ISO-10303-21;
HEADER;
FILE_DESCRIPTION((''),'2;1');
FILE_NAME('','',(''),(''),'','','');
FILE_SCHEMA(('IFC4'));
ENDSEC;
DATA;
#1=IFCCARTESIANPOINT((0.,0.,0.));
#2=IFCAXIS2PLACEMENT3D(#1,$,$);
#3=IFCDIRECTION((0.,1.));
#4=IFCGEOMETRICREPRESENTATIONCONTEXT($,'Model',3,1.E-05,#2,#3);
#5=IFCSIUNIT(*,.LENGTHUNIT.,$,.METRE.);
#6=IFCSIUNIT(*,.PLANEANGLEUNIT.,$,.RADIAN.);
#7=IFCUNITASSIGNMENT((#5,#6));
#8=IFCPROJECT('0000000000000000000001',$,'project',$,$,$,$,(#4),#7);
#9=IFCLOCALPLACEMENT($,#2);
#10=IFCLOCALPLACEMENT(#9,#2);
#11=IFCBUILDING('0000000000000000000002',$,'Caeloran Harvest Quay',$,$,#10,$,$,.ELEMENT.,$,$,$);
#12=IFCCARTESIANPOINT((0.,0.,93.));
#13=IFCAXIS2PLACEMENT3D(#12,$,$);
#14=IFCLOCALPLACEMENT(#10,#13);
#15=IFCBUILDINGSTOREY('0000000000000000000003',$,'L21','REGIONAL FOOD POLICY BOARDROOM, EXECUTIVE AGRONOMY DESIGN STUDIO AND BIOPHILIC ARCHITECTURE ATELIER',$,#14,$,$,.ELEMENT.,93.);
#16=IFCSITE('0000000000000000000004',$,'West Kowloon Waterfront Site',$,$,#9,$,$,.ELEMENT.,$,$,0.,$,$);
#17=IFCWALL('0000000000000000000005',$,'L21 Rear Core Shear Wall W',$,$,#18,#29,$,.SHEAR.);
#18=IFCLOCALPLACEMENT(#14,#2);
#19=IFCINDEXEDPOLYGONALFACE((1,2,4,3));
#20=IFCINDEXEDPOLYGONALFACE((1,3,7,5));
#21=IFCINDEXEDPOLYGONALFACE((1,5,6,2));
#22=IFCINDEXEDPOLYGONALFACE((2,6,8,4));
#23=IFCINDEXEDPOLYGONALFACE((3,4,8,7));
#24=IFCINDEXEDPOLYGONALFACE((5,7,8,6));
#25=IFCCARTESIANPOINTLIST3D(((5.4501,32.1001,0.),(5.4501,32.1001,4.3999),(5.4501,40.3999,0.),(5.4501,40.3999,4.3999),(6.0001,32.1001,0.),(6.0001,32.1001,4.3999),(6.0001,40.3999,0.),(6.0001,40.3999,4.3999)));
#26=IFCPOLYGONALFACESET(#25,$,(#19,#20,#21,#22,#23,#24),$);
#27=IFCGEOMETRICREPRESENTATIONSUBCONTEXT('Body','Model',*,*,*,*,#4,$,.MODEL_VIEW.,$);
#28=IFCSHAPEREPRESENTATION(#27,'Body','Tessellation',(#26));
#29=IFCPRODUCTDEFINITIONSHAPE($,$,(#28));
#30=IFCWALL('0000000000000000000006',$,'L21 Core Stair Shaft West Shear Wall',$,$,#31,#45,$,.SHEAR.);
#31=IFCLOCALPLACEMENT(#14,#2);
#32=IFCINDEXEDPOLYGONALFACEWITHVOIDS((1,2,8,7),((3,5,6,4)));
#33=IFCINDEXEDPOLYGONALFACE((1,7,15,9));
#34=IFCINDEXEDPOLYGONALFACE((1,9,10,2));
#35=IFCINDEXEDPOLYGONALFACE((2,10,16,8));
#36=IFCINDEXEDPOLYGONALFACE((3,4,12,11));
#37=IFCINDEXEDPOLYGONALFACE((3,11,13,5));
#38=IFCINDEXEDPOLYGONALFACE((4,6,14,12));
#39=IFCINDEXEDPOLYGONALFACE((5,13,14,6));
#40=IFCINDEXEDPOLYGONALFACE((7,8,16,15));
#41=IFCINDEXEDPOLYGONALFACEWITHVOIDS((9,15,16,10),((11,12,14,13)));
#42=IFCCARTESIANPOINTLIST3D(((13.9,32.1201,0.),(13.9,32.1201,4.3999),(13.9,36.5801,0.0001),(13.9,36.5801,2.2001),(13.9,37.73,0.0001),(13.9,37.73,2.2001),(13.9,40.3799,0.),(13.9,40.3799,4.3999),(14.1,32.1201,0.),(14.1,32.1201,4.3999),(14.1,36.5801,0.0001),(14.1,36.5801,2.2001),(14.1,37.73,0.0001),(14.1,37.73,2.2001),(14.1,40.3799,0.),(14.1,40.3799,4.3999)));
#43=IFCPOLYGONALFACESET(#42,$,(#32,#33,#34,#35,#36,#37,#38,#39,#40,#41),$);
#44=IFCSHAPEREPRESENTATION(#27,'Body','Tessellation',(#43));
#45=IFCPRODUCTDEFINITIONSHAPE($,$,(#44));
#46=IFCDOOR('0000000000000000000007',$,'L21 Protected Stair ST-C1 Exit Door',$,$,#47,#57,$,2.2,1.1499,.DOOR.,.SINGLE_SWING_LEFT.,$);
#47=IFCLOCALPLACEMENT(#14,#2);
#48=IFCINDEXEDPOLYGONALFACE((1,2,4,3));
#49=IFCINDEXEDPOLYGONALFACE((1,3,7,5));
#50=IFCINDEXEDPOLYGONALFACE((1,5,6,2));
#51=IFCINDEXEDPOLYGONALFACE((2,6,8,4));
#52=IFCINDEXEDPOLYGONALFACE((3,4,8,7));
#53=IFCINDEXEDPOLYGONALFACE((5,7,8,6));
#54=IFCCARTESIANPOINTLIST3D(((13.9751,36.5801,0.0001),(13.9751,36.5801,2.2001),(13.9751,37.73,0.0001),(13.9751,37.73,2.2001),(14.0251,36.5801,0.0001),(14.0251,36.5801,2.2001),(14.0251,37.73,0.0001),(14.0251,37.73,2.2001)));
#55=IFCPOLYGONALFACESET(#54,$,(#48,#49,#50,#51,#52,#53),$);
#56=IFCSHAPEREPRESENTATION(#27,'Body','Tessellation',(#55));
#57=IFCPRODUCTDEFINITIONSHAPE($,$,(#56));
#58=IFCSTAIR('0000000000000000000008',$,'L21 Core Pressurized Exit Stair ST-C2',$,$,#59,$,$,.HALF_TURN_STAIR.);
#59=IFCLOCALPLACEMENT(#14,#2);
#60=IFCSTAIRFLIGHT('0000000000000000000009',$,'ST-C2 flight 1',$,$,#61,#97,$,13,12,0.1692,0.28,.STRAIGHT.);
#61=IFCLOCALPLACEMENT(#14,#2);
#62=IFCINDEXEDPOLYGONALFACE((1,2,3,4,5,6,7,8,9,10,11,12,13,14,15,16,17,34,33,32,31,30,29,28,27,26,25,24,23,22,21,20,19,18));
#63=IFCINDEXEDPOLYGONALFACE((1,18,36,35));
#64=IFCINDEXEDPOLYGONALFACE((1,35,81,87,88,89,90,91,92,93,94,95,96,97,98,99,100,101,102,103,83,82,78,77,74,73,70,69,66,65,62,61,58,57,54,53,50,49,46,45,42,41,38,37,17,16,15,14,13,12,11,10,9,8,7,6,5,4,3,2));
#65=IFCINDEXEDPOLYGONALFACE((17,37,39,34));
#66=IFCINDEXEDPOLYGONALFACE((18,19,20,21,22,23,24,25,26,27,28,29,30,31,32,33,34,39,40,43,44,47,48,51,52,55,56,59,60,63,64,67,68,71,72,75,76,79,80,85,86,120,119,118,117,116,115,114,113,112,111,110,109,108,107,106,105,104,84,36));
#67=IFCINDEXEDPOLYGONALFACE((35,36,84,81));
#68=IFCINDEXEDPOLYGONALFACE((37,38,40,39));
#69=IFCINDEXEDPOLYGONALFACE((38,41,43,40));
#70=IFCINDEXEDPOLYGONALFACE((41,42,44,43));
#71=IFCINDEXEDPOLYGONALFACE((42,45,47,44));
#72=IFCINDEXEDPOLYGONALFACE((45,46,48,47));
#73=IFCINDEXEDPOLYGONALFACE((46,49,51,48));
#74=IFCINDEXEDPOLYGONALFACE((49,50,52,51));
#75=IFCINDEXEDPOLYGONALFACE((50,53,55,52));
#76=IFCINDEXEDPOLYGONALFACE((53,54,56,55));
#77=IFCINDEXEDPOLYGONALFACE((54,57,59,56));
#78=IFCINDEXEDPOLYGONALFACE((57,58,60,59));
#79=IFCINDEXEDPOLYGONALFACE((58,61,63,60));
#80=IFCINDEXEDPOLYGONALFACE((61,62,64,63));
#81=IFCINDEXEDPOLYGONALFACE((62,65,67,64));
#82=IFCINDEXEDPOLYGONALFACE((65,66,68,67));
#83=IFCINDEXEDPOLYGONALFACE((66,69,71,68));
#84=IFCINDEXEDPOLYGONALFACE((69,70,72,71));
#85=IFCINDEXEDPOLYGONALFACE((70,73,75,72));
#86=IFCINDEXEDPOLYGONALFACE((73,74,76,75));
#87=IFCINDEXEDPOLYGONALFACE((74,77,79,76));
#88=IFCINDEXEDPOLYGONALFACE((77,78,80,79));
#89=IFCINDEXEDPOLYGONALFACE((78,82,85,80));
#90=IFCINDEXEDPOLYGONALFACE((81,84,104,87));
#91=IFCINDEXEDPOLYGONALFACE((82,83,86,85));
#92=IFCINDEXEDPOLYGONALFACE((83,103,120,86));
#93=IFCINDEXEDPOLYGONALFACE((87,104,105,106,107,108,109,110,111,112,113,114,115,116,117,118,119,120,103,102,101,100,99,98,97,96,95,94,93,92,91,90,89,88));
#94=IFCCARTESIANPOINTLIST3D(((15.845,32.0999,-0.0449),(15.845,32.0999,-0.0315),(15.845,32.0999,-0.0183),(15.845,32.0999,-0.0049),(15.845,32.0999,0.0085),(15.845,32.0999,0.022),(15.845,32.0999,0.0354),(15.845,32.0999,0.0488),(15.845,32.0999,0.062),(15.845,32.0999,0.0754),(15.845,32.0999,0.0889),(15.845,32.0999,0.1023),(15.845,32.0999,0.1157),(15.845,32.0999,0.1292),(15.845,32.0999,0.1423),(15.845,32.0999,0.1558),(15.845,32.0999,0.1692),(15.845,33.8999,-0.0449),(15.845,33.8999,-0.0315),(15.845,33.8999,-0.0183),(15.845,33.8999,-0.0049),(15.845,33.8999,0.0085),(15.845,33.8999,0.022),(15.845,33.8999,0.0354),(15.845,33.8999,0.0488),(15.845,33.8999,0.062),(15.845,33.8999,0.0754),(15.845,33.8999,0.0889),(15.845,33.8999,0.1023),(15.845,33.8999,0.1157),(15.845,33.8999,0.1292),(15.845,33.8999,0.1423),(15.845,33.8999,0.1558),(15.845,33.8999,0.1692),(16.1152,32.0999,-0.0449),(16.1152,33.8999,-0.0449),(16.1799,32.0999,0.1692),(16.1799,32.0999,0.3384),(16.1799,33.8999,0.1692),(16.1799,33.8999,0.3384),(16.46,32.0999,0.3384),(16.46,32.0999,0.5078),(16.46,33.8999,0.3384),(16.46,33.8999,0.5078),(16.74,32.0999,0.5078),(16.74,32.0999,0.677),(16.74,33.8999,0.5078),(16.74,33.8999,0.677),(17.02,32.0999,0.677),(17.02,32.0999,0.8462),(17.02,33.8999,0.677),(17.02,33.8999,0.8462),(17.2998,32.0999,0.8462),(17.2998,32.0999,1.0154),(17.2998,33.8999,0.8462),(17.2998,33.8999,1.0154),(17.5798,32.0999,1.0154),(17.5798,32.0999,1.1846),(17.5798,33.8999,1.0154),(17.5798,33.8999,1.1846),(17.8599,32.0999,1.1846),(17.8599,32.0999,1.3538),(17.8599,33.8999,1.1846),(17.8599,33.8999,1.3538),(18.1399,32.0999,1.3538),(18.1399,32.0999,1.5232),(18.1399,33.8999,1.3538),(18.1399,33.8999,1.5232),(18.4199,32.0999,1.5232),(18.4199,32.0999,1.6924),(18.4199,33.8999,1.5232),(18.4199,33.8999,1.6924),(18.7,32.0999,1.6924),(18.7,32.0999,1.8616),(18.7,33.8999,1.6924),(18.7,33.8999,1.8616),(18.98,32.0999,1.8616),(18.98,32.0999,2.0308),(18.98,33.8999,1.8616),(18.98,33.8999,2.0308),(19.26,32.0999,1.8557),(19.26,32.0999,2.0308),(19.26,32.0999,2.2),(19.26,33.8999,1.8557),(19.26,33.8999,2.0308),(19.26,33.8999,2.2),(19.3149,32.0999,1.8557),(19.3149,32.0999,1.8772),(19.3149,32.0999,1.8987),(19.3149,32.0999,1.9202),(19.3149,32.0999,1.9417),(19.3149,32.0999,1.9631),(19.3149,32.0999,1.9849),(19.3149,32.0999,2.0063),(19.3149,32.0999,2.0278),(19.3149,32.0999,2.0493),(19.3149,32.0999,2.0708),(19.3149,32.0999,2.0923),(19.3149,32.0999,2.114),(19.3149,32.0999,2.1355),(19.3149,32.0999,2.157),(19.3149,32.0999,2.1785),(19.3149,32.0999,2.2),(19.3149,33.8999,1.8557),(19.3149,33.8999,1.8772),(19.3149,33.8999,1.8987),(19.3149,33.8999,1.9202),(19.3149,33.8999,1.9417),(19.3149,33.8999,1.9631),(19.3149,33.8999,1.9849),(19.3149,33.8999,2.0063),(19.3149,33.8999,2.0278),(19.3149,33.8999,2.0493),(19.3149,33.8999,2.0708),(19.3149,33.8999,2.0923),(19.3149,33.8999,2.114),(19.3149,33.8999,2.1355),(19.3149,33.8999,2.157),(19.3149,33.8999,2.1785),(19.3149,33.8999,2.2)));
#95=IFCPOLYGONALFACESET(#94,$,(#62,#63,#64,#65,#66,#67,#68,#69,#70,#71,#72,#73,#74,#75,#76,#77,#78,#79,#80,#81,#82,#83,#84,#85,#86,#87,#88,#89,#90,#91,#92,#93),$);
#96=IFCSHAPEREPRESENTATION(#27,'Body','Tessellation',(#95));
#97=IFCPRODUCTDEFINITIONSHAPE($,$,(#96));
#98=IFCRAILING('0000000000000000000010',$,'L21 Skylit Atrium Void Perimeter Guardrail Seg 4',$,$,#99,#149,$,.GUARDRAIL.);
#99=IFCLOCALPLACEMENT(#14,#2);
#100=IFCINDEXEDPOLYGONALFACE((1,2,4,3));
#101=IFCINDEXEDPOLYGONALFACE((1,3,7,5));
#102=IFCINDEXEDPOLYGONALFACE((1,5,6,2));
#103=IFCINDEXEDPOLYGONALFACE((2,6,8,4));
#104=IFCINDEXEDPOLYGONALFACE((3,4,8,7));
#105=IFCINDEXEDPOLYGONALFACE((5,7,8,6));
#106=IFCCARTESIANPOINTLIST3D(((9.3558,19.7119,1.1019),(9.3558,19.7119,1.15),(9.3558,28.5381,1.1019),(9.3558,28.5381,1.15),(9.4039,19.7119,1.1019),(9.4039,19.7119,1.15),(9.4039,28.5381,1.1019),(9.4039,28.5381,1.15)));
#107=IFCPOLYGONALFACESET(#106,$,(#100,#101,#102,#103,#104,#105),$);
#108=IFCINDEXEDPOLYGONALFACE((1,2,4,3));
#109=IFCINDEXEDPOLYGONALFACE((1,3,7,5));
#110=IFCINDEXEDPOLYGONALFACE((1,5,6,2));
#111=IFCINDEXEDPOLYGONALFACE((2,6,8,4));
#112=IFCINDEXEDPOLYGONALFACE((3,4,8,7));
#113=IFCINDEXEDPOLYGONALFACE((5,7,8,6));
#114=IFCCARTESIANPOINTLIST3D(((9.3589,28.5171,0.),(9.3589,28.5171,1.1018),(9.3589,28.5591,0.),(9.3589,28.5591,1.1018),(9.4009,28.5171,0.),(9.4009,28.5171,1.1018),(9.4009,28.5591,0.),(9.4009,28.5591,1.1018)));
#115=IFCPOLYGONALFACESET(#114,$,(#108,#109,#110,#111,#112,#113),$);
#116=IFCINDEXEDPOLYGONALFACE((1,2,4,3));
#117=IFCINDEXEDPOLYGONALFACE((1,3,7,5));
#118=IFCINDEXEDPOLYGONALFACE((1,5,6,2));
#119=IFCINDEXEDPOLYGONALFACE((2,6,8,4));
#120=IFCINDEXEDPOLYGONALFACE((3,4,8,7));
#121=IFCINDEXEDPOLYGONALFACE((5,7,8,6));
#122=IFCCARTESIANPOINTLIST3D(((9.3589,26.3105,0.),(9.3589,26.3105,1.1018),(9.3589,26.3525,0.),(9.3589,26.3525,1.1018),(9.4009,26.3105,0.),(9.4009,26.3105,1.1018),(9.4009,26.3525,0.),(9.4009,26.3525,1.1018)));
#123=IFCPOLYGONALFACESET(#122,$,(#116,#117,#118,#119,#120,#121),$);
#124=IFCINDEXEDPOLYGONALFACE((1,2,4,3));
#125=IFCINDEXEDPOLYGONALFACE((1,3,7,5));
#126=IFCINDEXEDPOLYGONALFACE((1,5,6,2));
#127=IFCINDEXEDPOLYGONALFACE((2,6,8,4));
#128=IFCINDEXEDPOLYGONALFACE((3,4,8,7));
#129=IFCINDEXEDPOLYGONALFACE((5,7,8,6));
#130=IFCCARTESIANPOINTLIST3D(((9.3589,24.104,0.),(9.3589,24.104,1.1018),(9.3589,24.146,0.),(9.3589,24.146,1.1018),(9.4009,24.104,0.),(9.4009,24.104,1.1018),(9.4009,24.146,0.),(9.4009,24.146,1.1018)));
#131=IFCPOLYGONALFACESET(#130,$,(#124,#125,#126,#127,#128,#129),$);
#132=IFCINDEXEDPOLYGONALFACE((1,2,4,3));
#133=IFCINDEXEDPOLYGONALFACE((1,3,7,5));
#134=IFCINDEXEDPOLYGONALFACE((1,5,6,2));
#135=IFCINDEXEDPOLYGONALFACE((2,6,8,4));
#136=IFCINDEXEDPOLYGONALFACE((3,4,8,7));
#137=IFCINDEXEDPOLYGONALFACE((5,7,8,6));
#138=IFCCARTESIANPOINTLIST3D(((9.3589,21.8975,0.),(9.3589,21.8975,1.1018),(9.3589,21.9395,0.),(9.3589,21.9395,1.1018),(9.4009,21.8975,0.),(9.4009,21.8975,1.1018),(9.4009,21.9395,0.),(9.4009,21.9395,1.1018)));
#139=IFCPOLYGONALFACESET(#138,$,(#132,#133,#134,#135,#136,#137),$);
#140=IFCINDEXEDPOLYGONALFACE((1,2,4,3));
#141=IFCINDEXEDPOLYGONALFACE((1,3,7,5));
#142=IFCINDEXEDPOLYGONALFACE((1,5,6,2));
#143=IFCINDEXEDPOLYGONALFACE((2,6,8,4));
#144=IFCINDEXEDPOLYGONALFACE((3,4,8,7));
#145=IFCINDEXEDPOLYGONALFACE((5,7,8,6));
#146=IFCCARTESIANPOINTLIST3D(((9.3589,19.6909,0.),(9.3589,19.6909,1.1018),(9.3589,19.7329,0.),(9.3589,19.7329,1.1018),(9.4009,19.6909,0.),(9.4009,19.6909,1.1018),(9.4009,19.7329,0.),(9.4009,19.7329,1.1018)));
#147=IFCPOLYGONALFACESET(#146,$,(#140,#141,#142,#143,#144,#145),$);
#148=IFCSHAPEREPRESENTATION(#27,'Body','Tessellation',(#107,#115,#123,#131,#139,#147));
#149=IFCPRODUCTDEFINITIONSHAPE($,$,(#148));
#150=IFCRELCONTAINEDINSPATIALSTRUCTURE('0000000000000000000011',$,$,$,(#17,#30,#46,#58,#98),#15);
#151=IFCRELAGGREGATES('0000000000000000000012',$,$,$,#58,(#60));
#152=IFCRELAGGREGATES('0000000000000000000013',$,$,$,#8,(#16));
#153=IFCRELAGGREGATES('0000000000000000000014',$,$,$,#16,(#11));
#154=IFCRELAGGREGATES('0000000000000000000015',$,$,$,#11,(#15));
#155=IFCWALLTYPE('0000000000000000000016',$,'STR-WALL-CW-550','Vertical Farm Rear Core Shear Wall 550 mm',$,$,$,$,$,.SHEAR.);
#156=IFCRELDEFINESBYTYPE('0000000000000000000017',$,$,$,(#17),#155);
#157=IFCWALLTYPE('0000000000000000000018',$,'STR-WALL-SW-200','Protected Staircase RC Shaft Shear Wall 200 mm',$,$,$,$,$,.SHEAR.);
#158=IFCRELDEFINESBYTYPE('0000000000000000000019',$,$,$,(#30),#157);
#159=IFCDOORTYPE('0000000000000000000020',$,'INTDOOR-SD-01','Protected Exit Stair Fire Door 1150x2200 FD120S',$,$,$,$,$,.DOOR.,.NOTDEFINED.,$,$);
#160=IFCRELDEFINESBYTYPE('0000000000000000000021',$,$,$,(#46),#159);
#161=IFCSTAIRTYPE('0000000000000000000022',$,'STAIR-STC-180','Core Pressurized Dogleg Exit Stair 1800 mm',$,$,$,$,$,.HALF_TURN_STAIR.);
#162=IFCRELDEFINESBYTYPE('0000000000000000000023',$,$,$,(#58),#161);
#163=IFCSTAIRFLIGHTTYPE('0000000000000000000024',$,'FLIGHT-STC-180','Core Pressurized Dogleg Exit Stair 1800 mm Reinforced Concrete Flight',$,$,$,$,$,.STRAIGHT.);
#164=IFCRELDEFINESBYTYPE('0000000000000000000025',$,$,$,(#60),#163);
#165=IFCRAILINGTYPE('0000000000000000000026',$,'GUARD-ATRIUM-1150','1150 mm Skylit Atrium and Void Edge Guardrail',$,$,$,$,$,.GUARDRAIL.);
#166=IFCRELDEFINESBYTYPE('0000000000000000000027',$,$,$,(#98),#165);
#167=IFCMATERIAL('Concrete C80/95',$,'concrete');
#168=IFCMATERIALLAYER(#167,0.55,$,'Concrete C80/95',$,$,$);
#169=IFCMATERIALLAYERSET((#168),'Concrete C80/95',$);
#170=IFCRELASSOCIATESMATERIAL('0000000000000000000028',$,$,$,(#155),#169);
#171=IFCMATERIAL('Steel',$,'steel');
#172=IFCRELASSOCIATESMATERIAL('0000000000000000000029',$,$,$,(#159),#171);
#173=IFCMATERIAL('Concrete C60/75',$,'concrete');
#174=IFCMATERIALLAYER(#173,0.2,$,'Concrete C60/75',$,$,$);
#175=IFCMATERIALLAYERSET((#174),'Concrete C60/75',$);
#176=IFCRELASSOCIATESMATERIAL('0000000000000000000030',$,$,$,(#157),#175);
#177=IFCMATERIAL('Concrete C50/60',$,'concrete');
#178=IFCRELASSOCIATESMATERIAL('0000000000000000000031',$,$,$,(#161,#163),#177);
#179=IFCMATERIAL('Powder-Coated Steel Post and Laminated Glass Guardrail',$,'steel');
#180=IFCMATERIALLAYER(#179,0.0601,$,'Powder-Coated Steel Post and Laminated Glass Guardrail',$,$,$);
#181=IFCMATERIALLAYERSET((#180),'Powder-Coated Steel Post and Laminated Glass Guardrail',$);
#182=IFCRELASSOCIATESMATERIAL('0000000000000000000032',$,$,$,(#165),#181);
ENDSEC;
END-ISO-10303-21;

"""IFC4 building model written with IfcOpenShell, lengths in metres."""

from ifc_helpers import new_model, si_unit, direction, frame, frame_2d, origin, origin_2d, place, context, subcontext, project, spatial, polyline, rectangle, outline, extrude, material, layer, layer_set, type_object, element, fill, aggregate, save


model = new_model("IFC4")

# Units and contexts
model_context = context("Model", 3, precision=1e-05, world=origin(), true_north=direction((0.0, 1.0)))
body_context = subcontext(model_context, "Body", "Model", "MODEL_VIEW")
ifc_project = project(units=[si_unit("LENGTHUNIT", "METRE"), si_unit("PLANEANGLEUNIT", "RADIAN")], contexts=[model_context])

# Site, building, storey
site_placement = place(None, origin())
site = spatial("IfcSite", under=ifc_project, at=site_placement, Name="West Kowloon Waterfront Site", CompositionType="ELEMENT", RefElevation=0.0)
building_placement = place(site_placement, origin())
building = spatial("IfcBuilding", under=site, at=building_placement, Name="Caeloran Harvest Quay", CompositionType="ELEMENT")
storey_placement = place(building_placement, frame((0.0, 0.0, 93.0)))
storey = spatial("IfcBuildingStorey", under=building, at=storey_placement, Name="L21", Description="REGIONAL FOOD POLICY BOARDROOM, EXECUTIVE AGRONOMY DESIGN STUDIO AND BIOPHILIC ARCHITECTURE ATELIER", CompositionType="ELEMENT", Elevation=93.0)

# Shared definitions
ifc_material_1 = material(Name="Concrete C80/95", Category="concrete")

# Shared definitions
ifc_material_2 = material(Name="Concrete C50/60", Category="concrete")

# Shared definitions
ifc_layer_1 = layer(ifc_material_1, 0.55, Name="Concrete C80/95")
ifc_layer_set_1 = layer_set([ifc_layer_1], Name="Concrete C80/95")
wall_type_1 = type_object("IfcWallType", Name="STR-WALL-CW-550", Description="Vertical Farm Rear Core Shear Wall 550 mm", PredefinedType="SHEAR", material=ifc_layer_set_1)
ifc_material_3 = material(Name="Steel", Category="steel")
door_type_1 = type_object("IfcDoorType", Name="INTDOOR-SD-01", Description="Protected Exit Stair Fire Door 1150x2200 FD120S", OperationType="NOTDEFINED", PredefinedType="DOOR", material=ifc_material_3)

# Wall
wall_1_placement = place(storey_placement, frame((5.7251, 32.1001, 0.0), z_axis=(0.0, 0.0, 1.0), x_axis=(0.0, 1.0, 0.0)))
element("IfcWall", 1, at=wall_1_placement, inside=storey, type_object=wall_type_1, Name="L21 Rear Core Shear Wall W", PredefinedType="SHEAR", context=body_context, shape_type="SweptSolid", body=[
    extrude(rectangle(XDim=8.2998, YDim=0.55, at=frame_2d((4.1499, 0.0))), origin(), (0.0, 0.0, 1.0), 4.3999),
])

# Wall, opening, door
ifc_material_4 = material(Name="Concrete C60/75", Category="concrete")
ifc_layer_2 = layer(ifc_material_4, 0.2, Name="Concrete C60/75")
ifc_layer_set_2 = layer_set([ifc_layer_2], Name="Concrete C60/75")
wall_type_2 = type_object("IfcWallType", Name="STR-WALL-SW-200", Description="Protected Staircase RC Shaft Shear Wall 200 mm", PredefinedType="SHEAR", material=ifc_layer_set_2)
wall_2_placement = place(storey_placement, frame((14.0, 32.1201, 0.0), z_axis=(0.0, 0.0, 1.0), x_axis=(0.0, 1.0, 0.0)))
wall_2 = element("IfcWall", 2, at=wall_2_placement, inside=storey, type_object=wall_type_2, Name="L21 Core Stair Shaft West Shear Wall", PredefinedType="SHEAR", context=body_context, shape_type="SweptSolid", body=[
    extrude(rectangle(XDim=8.2598, YDim=0.2, at=frame_2d((4.1299, 0.0))), origin(), (0.0, 0.0, 1.0), 4.3999),
])
opening_1_placement = place(wall_2_placement, frame((4.46, 0.0, 0.0)))
opening_1 = element("IfcOpeningElement", 3, at=opening_1_placement, cuts=wall_2, PredefinedType="OPENING", context=body_context, shape_type="SweptSolid", body=[
    extrude(rectangle(XDim=1.1499, YDim=2.2, at=frame_2d((0.575, 1.1001))), frame((0.0, 0.1099, 0.0), z_axis=(0.0, -1.0, 0.0), x_axis=(1.0, 0.0, 0.0)), (0.0, 0.0, 1.0), 0.22),
])
door_1_placement = place(opening_1_placement, origin())
door_1 = element("IfcDoor", 4, at=door_1_placement, inside=storey, type_object=door_type_1, Name="L21 Protected Stair ST-C1 Exit Door", OperationType="SINGLE_SWING_LEFT", OverallHeight=2.2, OverallWidth=1.1499, PredefinedType="DOOR", context=body_context, shape_type="SweptSolid", body=[
    extrude(rectangle(XDim=1.1499, YDim=2.2, at=frame_2d((0.575, 1.1001))), frame((0.0, 0.0249, 0.0), z_axis=(0.0, -1.0, 0.0), x_axis=(1.0, 0.0, 0.0)), (0.0, 0.0, 1.0), 0.05),
])
fill(opening_1, door_1)

# Stair, stair flight
stair_type = type_object("IfcStairType", Name="STAIR-STC-180", Description="Core Pressurized Dogleg Exit Stair 1800 mm", PredefinedType="HALF_TURN_STAIR", material=ifc_material_2)
stair_placement = place(storey_placement, origin())
stair = element("IfcStair", 5, at=stair_placement, inside=storey, type_object=stair_type, Name="L21 Core Pressurized Exit Stair ST-C2", PredefinedType="HALF_TURN_STAIR")
stair_flight_type = type_object("IfcStairFlightType", Name="FLIGHT-STC-180", Description="Core Pressurized Dogleg Exit Stair 1800 mm Reinforced Concrete Flight", PredefinedType="STRAIGHT", material=ifc_material_2)
stair_flight_placement = place(storey_placement, frame((15.8999, 33.0, 0.0), z_axis=(0.0, 0.0, 1.0), x_axis=(1.0, 0.0, 0.0)))
stair_flight = element("IfcStairFlight", 6, at=stair_flight_placement, type_object=stair_flight_type, Name="ST-C2 flight 1", NumberOfRisers=13, NumberOfTreads=12, PredefinedType="STRAIGHT", RiserHeight=0.1692, TreadLength=0.28, context=body_context, shape_type="SweptSolid", body=[
    extrude(outline(polyline([(-0.0549, -0.0449), (-0.0549, -0.0315), (-0.0549, -0.0183), (-0.0549, -0.0049), (-0.0549, 0.0085), (-0.0549, 0.022), (-0.0549, 0.0354), (-0.0549, 0.0488), (-0.0549, 0.062), (-0.0549, 0.0754), (-0.0549, 0.0889), (-0.0549, 0.1023), (-0.0549, 0.1157), (-0.0549, 0.1292), (-0.0549, 0.1423), (-0.0549, 0.1558), (-0.0549, 0.1692), (0.28, 0.1692), (0.28, 0.3384), (0.5601, 0.3384), (0.5601, 0.5078), (0.8401, 0.5078), (0.8401, 0.677), (1.1201, 0.677), (1.1201, 0.8462), (1.3999, 0.8462), (1.3999, 1.0154), (1.6799, 1.0154), (1.6799, 1.1846), (1.96, 1.1846), (1.96, 1.3538), (2.24, 1.3538), (2.24, 1.5232), (2.52, 1.5232), (2.52, 1.6924), (2.8, 1.6924), (2.8, 1.8616), (3.0801, 1.8616), (3.0801, 2.0308), (3.3601, 2.0308), (3.3601, 2.2), (3.415, 2.2), (3.415, 2.1785), (3.415, 2.157), (3.415, 2.1355), (3.415, 2.114), (3.415, 2.0923), (3.415, 2.0708), (3.415, 2.0493), (3.415, 2.0278), (3.415, 2.0063), (3.415, 1.9849), (3.415, 1.9631), (3.415, 1.9417), (3.415, 1.9202), (3.415, 1.8987), (3.415, 1.8772), (3.415, 1.8557), (3.3601, 1.8557), (0.2153, -0.0449), (-0.0549, -0.0449)])), frame((0.0, 0.8999, 0.0), z_axis=(0.0, -1.0, 0.0), x_axis=(1.0, 0.0, 0.0)), (0.0, 0.0, 1.0), 1.8),
])
aggregate(stair, [stair_flight])

# Railing
ifc_material_5 = material(Name="Powder-Coated Steel Post and Laminated Glass Guardrail", Category="steel")
ifc_layer_3 = layer(ifc_material_5, 0.0601, Name="Powder-Coated Steel Post and Laminated Glass Guardrail")
ifc_layer_set_3 = layer_set([ifc_layer_3], Name="Powder-Coated Steel Post and Laminated Glass Guardrail")
railing_type_1 = type_object("IfcRailingType", Name="GUARD-ATRIUM-1150", Description="1150 mm Skylit Atrium and Void Edge Guardrail", PredefinedType="GUARDRAIL", material=ifc_layer_set_3)
railing_1_placement = place(storey_placement, frame((9.3799, 28.5381, 0.0)))
element("IfcRailing", 7, at=railing_1_placement, inside=storey, type_object=railing_type_1, Name="L21 Skylit Atrium Void Perimeter Guardrail Seg 4", PredefinedType="GUARDRAIL", context=body_context, shape_type="SweptSolid", body=[
    extrude(rectangle(XDim=0.0481, YDim=0.0481, at=origin_2d()), frame((0.0, 0.0, 1.126), z_axis=(0.0, -1.0, 0.0), x_axis=(1.0, 0.0, 0.0)), (0.0, 0.0, 1.0), 8.8262),
    extrude(rectangle(XDim=0.042, YDim=0.042, at=origin_2d()), origin(), (0.0, 0.0, 1.0), 1.1018),
    extrude(rectangle(XDim=0.042, YDim=0.042, at=origin_2d()), frame((0.0, -2.2065, 0.0)), (0.0, 0.0, 1.0), 1.1018),
    extrude(rectangle(XDim=0.042, YDim=0.042, at=origin_2d()), frame((0.0, -4.4131, 0.0)), (0.0, 0.0, 1.0), 1.1018),
    extrude(rectangle(XDim=0.042, YDim=0.042, at=origin_2d()), frame((0.0, -6.6196, 0.0)), (0.0, 0.0, 1.0), 1.1018),
    extrude(rectangle(XDim=0.042, YDim=0.042, at=origin_2d()), frame((0.0, -8.8262, 0.0)), (0.0, 0.0, 1.0), 1.1018),
])

save(model, "model.ifc")
